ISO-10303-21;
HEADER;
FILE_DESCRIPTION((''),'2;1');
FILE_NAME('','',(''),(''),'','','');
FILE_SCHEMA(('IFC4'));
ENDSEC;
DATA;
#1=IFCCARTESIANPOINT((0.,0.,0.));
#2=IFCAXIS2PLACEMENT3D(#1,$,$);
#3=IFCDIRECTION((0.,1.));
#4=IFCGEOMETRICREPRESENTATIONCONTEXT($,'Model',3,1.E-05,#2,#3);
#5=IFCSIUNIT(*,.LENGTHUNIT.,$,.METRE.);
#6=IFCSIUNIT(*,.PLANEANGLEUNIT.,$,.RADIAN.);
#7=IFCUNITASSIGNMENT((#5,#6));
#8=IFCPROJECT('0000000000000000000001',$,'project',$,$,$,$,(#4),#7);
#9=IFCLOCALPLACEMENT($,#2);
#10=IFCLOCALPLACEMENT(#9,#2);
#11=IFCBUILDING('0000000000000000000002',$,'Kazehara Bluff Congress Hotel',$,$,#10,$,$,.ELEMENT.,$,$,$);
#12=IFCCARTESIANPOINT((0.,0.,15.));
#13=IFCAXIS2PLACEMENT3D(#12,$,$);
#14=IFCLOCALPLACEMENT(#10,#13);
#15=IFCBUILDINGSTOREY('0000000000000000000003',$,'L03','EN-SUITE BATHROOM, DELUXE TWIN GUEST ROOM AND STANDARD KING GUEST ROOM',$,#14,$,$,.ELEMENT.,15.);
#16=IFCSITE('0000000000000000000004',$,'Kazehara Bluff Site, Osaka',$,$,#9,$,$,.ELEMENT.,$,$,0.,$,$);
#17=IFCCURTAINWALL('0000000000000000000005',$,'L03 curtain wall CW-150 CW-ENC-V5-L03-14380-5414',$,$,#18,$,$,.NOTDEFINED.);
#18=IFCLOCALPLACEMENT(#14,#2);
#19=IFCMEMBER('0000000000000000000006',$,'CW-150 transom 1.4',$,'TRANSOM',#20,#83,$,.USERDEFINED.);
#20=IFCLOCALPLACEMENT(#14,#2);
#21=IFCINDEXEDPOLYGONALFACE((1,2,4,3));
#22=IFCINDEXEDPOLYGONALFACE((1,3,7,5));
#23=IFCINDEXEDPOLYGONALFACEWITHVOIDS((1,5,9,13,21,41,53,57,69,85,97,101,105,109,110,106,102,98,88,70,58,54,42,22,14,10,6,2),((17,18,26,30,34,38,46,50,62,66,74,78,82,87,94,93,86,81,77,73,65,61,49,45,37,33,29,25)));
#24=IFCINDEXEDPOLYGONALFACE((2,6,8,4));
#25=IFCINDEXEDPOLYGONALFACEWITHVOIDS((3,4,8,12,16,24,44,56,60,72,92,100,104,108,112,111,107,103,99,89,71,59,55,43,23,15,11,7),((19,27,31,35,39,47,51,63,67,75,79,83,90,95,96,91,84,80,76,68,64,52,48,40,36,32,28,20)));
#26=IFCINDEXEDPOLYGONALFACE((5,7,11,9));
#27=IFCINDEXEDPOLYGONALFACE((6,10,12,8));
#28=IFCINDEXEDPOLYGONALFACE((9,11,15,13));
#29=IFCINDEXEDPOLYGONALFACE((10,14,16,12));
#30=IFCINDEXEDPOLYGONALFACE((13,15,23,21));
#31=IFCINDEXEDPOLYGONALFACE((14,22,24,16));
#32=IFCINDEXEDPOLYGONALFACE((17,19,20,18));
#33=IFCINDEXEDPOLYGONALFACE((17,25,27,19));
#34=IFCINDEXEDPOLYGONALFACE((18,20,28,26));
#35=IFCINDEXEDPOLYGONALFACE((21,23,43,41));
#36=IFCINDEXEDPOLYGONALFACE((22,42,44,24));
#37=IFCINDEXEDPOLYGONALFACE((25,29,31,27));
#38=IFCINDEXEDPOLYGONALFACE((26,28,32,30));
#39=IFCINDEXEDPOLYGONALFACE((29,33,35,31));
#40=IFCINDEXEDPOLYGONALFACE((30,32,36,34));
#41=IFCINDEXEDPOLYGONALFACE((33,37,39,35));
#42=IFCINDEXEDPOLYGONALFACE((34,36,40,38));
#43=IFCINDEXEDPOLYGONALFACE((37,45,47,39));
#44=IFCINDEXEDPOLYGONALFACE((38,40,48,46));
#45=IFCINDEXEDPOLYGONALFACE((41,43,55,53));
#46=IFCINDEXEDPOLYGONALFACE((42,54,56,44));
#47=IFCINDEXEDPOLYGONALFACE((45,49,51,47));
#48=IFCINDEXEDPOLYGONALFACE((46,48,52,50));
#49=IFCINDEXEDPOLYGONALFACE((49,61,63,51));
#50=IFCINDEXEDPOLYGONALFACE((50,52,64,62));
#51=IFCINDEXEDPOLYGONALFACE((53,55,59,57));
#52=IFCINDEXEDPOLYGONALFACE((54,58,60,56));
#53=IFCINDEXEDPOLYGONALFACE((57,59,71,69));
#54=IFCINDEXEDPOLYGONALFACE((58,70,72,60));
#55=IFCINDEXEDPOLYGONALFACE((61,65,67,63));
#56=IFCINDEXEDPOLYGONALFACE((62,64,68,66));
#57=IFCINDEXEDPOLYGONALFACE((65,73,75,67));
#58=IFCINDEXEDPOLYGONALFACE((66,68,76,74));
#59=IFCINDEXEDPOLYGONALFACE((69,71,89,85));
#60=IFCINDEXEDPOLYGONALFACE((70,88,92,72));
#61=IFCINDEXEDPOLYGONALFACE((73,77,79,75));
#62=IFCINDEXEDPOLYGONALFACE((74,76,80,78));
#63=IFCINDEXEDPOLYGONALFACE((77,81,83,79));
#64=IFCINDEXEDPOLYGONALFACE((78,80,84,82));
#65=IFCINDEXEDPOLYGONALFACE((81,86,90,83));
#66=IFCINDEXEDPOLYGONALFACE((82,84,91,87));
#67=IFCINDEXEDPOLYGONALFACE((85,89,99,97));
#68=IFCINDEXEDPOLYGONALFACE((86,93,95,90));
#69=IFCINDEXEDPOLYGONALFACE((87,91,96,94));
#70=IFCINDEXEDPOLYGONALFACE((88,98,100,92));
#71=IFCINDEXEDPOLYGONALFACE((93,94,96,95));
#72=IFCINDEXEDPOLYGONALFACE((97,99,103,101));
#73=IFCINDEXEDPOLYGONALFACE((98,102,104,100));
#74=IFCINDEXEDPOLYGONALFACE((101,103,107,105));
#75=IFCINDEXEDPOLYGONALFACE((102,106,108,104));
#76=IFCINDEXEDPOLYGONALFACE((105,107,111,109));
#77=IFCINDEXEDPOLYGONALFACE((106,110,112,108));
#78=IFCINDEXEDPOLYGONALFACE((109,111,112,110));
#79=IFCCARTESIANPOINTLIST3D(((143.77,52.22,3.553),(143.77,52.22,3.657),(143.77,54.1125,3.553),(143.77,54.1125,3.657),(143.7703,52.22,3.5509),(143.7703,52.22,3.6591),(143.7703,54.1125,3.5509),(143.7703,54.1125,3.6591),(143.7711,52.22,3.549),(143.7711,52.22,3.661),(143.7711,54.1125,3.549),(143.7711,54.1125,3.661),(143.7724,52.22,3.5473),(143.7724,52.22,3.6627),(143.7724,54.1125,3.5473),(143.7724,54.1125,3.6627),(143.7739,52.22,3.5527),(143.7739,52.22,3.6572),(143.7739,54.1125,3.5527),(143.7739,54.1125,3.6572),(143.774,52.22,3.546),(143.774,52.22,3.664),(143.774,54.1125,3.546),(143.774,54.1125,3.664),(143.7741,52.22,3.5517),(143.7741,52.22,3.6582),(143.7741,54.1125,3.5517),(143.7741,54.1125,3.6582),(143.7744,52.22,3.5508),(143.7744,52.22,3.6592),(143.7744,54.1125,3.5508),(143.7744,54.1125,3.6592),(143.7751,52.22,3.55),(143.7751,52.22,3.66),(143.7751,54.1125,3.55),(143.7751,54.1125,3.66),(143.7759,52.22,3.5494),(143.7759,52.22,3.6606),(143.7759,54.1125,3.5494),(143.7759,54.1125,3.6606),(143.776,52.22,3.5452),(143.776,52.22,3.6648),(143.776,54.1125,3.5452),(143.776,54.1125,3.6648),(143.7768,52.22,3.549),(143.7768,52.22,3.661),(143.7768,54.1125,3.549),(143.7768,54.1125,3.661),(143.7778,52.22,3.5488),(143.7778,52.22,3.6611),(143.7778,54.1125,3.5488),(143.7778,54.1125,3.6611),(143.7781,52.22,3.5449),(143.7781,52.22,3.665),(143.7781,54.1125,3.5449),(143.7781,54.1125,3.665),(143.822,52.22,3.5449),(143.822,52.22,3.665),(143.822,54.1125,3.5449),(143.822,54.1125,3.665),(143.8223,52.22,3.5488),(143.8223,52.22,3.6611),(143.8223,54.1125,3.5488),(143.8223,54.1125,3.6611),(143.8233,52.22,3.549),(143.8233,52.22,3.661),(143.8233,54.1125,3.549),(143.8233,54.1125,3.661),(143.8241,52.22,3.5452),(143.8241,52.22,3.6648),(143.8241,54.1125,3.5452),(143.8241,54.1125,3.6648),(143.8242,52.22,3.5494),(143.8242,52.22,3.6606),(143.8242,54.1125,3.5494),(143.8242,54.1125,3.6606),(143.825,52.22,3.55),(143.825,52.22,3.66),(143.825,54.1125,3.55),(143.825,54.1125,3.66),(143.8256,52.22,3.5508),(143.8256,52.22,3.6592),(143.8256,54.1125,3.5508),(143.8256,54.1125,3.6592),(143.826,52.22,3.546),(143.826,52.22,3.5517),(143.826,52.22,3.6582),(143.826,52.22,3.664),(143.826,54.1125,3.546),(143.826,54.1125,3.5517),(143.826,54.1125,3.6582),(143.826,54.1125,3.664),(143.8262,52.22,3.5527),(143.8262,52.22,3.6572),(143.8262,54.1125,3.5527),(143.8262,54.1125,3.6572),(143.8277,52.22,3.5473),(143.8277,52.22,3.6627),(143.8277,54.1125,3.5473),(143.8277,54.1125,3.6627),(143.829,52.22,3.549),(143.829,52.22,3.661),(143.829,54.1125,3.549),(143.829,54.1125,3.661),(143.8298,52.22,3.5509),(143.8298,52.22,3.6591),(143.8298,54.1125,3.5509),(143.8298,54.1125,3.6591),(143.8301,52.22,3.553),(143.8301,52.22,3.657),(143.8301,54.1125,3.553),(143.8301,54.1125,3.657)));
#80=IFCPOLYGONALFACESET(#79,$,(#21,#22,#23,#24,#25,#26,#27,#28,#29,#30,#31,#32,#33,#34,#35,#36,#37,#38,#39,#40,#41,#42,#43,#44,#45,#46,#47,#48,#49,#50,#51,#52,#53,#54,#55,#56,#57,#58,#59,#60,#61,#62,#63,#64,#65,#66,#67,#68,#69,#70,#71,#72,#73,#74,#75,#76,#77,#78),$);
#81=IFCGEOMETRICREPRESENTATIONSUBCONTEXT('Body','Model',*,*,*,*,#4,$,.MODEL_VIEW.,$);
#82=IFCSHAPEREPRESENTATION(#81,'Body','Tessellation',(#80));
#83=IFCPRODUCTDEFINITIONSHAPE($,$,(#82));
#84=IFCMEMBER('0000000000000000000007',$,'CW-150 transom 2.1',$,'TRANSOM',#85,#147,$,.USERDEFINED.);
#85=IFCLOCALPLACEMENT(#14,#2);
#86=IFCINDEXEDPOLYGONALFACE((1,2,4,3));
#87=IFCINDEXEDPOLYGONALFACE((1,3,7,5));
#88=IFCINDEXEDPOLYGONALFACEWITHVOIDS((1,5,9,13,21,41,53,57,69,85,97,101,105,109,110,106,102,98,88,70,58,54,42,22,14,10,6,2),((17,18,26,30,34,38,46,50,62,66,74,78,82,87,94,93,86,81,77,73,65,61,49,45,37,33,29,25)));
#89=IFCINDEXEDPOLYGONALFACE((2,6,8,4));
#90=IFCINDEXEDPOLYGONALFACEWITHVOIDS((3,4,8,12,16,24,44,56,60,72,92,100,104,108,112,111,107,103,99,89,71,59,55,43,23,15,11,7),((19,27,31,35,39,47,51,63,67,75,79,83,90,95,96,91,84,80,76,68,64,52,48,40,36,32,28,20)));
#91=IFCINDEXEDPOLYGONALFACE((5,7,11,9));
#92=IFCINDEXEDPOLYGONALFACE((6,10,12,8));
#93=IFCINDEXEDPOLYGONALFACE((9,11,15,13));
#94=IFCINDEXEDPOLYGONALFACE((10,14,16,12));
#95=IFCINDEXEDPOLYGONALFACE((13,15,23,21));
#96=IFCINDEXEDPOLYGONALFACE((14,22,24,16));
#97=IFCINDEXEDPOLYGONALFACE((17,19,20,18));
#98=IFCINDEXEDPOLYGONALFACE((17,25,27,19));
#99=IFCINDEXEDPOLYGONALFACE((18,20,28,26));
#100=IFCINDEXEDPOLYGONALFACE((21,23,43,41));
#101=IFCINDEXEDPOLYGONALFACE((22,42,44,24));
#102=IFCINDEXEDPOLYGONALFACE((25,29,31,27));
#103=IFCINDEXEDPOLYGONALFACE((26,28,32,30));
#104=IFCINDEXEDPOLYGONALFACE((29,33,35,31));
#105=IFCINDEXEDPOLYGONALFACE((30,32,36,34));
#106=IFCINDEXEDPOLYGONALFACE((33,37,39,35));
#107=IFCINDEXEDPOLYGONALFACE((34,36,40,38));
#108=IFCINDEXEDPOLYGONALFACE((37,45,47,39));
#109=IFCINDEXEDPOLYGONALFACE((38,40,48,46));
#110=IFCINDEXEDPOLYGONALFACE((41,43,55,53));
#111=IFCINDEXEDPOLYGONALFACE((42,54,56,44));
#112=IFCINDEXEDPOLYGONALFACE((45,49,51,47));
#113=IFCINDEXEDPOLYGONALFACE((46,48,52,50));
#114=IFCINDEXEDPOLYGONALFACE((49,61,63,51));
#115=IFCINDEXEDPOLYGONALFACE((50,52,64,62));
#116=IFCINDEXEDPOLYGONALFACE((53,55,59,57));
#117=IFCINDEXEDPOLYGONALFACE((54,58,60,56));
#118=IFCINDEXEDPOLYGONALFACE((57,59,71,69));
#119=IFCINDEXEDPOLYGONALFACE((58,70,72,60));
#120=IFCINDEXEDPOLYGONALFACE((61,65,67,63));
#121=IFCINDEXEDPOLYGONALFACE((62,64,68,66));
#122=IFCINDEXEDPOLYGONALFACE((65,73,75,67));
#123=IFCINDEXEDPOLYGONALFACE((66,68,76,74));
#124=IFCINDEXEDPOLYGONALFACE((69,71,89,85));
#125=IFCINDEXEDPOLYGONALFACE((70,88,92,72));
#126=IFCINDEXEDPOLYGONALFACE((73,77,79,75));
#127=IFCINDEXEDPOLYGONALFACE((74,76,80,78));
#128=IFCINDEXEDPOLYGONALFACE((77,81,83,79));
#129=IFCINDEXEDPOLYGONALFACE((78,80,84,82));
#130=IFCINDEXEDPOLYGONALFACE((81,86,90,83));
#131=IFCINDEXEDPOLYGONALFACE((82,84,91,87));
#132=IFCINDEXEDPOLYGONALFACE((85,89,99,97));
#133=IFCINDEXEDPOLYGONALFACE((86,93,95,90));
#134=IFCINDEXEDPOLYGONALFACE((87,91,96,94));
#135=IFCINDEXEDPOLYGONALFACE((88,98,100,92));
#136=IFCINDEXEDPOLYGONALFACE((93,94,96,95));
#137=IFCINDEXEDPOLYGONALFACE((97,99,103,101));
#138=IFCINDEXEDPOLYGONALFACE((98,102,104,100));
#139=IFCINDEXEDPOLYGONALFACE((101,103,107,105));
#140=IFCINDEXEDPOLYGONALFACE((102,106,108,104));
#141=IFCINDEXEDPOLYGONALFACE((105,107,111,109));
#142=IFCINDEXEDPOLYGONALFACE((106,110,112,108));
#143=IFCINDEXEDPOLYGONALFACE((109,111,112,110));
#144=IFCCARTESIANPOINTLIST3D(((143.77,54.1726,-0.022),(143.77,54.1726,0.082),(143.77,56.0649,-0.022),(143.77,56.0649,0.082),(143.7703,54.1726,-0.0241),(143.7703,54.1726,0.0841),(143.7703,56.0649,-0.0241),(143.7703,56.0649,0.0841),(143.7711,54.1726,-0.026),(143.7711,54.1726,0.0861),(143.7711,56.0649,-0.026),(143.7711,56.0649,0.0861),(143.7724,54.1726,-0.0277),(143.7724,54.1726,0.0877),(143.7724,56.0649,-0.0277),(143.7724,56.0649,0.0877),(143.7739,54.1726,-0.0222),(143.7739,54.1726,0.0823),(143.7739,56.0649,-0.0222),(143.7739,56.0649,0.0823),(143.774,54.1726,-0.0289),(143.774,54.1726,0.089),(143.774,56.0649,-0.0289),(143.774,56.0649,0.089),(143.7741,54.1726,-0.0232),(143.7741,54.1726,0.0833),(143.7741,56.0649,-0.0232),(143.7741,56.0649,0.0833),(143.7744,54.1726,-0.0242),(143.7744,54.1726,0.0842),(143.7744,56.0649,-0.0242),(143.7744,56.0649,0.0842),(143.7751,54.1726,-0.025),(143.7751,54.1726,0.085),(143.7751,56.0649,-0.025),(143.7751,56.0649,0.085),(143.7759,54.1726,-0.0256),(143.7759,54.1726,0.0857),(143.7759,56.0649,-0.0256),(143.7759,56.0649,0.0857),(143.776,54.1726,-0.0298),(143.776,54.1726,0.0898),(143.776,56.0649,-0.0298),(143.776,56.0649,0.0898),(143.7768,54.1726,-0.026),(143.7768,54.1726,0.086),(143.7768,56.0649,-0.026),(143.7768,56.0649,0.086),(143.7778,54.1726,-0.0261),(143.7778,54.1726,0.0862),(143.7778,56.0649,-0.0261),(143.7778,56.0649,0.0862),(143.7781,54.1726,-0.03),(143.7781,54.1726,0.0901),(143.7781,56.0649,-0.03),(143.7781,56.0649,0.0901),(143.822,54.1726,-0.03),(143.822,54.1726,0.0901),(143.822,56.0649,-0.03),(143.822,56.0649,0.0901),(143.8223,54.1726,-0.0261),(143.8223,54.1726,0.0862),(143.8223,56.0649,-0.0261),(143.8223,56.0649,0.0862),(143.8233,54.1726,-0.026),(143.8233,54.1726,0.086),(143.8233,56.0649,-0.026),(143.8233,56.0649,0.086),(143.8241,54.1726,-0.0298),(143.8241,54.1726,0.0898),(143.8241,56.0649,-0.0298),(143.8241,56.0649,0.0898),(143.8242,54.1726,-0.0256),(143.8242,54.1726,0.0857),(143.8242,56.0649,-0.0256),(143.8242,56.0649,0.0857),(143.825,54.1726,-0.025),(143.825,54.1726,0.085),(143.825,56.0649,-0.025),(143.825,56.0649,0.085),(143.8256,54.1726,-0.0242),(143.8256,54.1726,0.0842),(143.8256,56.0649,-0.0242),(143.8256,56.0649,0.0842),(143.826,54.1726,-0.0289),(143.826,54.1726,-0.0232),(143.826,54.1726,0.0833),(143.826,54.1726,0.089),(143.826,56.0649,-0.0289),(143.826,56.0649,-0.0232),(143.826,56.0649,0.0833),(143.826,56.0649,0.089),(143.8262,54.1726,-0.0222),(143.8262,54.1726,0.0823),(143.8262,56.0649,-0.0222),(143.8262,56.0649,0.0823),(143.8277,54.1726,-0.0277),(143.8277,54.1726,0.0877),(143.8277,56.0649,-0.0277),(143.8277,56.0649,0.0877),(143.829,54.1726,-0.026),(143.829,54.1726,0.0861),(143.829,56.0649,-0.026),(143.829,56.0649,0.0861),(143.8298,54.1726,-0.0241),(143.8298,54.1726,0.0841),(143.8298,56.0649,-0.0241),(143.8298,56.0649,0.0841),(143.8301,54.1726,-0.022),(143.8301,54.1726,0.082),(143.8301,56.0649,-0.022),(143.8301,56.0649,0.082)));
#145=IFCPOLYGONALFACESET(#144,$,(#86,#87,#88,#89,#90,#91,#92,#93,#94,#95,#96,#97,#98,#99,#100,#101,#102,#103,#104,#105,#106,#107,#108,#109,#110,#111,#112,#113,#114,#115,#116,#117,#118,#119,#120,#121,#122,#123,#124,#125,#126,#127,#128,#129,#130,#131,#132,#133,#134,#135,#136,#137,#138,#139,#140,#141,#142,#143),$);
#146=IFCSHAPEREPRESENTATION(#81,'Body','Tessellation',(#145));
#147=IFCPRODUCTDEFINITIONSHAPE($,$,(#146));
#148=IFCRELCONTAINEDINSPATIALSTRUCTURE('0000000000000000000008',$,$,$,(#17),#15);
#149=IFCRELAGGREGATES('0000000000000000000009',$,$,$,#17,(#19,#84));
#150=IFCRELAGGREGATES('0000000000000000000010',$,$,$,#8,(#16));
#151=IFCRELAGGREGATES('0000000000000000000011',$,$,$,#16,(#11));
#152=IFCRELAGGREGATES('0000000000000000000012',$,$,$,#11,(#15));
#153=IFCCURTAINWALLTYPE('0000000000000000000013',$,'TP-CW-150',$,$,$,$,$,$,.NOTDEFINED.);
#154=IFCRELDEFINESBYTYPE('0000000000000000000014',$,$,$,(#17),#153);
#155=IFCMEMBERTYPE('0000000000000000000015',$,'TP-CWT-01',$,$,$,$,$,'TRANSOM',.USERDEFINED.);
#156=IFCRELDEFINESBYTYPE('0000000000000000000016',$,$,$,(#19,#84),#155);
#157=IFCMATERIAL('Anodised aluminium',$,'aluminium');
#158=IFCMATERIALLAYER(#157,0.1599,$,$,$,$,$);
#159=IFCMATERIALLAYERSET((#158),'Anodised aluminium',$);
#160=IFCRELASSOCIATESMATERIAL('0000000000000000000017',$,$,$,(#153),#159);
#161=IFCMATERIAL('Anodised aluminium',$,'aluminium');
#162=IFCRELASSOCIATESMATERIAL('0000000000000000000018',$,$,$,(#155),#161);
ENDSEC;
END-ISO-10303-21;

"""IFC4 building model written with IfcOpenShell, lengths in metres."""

from ifc_helpers import new_model, si_unit, direction, frame, origin, origin_2d, place, context, subcontext, project, spatial, hollow_rectangle, extrude, material, layer, layer_set, material_profile, profile_set, type_object, element, aggregate, save


model = new_model("IFC4")

# Units and contexts
model_context = context("Model", 3, precision=1e-05, world=origin(), true_north=direction((0.0, 1.0)))
body_context = subcontext(model_context, "Body", "Model", "MODEL_VIEW")
ifc_project = project(units=[si_unit("LENGTHUNIT", "METRE"), si_unit("PLANEANGLEUNIT", "RADIAN")], contexts=[model_context])

# Site, building, storey
site_placement = place(None, origin())
site = spatial("IfcSite", under=ifc_project, at=site_placement, Name="Kazehara Bluff Site, Osaka", CompositionType="ELEMENT", RefElevation=0.0)
building_placement = place(site_placement, origin())
building = spatial("IfcBuilding", under=site, at=building_placement, Name="Kazehara Bluff Congress Hotel", CompositionType="ELEMENT")
storey_placement = place(building_placement, frame((0.0, 0.0, 15.0)))
storey = spatial("IfcBuildingStorey", under=building, at=storey_placement, Name="L03", Description="EN-SUITE BATHROOM, DELUXE TWIN GUEST ROOM AND STANDARD KING GUEST ROOM", CompositionType="ELEMENT", Elevation=15.0)

# Curtain wall
ifc_material_1 = material(Name="Anodised aluminium", Category="aluminium")
ifc_layer_1 = layer(ifc_material_1, 0.1599)
ifc_layer_set_1 = layer_set([ifc_layer_1], Name="Anodised aluminium")
curtain_wall_type_1 = type_object("IfcCurtainWallType", Name="TP-CW-150", PredefinedType="NOTDEFINED", material=ifc_layer_set_1)
curtain_wall_1_placement = place(storey_placement, origin())
curtain_wall_1 = element("IfcCurtainWall", 1, at=curtain_wall_1_placement, inside=storey, type_object=curtain_wall_type_1, Name="L03 curtain wall CW-150 CW-ENC-V5-L03-14380-5414", PredefinedType="NOTDEFINED")

# Members
ifc_material_2 = material(Name="Anodised aluminium", Category="aluminium")
ifc_material_profile_1 = material_profile(ifc_material_2, hollow_rectangle(XDim=0.0601, YDim=0.1201, WallThickness=0.0039, InnerFilletRadius=0.0039, OuterFilletRadius=0.0081, at=origin_2d()))
ifc_profile_set_1 = profile_set([ifc_material_profile_1], Name="Anodised aluminium")
member_type_1 = type_object("IfcMemberType", Name="TP-CWT-01", ElementType="TRANSOM", PredefinedType="USERDEFINED", material=ifc_profile_set_1)
member_1_placement = place(storey_placement, frame((143.8, 52.22, 3.605), z_axis=(0.0, 1.0, 0.0), x_axis=(-1.0, 0.0, 0.0)))
member_1 = element("IfcMember", 2, at=member_1_placement, type_object=member_type_1, Name="CW-150 transom 1.4", ObjectType="TRANSOM", PredefinedType="USERDEFINED", context=body_context, shape_type="SweptSolid", body=[
    extrude(hollow_rectangle(XDim=0.0601, YDim=0.1201, WallThickness=0.0039, InnerFilletRadius=0.0039, OuterFilletRadius=0.0081, at=origin_2d()), origin(), (0.0, 0.0, 1.0), 1.8926),
])
member_2_placement = place(storey_placement, frame((143.8, 54.1726, 0.03), z_axis=(0.0, 1.0, 0.0), x_axis=(-1.0, 0.0, 0.0)))
member_2 = element("IfcMember", 3, at=member_2_placement, type_object=member_type_1, Name="CW-150 transom 2.1", ObjectType="TRANSOM", PredefinedType="USERDEFINED", context=body_context, shape_type="SweptSolid", body=[
    extrude(hollow_rectangle(XDim=0.0601, YDim=0.1201, WallThickness=0.0039, InnerFilletRadius=0.0039, OuterFilletRadius=0.0081, at=origin_2d()), origin(), (0.0, 0.0, 1.0), 1.8923),
])

aggregate(curtain_wall_1, [member_1, member_2])

save(model, "model.ifc")
